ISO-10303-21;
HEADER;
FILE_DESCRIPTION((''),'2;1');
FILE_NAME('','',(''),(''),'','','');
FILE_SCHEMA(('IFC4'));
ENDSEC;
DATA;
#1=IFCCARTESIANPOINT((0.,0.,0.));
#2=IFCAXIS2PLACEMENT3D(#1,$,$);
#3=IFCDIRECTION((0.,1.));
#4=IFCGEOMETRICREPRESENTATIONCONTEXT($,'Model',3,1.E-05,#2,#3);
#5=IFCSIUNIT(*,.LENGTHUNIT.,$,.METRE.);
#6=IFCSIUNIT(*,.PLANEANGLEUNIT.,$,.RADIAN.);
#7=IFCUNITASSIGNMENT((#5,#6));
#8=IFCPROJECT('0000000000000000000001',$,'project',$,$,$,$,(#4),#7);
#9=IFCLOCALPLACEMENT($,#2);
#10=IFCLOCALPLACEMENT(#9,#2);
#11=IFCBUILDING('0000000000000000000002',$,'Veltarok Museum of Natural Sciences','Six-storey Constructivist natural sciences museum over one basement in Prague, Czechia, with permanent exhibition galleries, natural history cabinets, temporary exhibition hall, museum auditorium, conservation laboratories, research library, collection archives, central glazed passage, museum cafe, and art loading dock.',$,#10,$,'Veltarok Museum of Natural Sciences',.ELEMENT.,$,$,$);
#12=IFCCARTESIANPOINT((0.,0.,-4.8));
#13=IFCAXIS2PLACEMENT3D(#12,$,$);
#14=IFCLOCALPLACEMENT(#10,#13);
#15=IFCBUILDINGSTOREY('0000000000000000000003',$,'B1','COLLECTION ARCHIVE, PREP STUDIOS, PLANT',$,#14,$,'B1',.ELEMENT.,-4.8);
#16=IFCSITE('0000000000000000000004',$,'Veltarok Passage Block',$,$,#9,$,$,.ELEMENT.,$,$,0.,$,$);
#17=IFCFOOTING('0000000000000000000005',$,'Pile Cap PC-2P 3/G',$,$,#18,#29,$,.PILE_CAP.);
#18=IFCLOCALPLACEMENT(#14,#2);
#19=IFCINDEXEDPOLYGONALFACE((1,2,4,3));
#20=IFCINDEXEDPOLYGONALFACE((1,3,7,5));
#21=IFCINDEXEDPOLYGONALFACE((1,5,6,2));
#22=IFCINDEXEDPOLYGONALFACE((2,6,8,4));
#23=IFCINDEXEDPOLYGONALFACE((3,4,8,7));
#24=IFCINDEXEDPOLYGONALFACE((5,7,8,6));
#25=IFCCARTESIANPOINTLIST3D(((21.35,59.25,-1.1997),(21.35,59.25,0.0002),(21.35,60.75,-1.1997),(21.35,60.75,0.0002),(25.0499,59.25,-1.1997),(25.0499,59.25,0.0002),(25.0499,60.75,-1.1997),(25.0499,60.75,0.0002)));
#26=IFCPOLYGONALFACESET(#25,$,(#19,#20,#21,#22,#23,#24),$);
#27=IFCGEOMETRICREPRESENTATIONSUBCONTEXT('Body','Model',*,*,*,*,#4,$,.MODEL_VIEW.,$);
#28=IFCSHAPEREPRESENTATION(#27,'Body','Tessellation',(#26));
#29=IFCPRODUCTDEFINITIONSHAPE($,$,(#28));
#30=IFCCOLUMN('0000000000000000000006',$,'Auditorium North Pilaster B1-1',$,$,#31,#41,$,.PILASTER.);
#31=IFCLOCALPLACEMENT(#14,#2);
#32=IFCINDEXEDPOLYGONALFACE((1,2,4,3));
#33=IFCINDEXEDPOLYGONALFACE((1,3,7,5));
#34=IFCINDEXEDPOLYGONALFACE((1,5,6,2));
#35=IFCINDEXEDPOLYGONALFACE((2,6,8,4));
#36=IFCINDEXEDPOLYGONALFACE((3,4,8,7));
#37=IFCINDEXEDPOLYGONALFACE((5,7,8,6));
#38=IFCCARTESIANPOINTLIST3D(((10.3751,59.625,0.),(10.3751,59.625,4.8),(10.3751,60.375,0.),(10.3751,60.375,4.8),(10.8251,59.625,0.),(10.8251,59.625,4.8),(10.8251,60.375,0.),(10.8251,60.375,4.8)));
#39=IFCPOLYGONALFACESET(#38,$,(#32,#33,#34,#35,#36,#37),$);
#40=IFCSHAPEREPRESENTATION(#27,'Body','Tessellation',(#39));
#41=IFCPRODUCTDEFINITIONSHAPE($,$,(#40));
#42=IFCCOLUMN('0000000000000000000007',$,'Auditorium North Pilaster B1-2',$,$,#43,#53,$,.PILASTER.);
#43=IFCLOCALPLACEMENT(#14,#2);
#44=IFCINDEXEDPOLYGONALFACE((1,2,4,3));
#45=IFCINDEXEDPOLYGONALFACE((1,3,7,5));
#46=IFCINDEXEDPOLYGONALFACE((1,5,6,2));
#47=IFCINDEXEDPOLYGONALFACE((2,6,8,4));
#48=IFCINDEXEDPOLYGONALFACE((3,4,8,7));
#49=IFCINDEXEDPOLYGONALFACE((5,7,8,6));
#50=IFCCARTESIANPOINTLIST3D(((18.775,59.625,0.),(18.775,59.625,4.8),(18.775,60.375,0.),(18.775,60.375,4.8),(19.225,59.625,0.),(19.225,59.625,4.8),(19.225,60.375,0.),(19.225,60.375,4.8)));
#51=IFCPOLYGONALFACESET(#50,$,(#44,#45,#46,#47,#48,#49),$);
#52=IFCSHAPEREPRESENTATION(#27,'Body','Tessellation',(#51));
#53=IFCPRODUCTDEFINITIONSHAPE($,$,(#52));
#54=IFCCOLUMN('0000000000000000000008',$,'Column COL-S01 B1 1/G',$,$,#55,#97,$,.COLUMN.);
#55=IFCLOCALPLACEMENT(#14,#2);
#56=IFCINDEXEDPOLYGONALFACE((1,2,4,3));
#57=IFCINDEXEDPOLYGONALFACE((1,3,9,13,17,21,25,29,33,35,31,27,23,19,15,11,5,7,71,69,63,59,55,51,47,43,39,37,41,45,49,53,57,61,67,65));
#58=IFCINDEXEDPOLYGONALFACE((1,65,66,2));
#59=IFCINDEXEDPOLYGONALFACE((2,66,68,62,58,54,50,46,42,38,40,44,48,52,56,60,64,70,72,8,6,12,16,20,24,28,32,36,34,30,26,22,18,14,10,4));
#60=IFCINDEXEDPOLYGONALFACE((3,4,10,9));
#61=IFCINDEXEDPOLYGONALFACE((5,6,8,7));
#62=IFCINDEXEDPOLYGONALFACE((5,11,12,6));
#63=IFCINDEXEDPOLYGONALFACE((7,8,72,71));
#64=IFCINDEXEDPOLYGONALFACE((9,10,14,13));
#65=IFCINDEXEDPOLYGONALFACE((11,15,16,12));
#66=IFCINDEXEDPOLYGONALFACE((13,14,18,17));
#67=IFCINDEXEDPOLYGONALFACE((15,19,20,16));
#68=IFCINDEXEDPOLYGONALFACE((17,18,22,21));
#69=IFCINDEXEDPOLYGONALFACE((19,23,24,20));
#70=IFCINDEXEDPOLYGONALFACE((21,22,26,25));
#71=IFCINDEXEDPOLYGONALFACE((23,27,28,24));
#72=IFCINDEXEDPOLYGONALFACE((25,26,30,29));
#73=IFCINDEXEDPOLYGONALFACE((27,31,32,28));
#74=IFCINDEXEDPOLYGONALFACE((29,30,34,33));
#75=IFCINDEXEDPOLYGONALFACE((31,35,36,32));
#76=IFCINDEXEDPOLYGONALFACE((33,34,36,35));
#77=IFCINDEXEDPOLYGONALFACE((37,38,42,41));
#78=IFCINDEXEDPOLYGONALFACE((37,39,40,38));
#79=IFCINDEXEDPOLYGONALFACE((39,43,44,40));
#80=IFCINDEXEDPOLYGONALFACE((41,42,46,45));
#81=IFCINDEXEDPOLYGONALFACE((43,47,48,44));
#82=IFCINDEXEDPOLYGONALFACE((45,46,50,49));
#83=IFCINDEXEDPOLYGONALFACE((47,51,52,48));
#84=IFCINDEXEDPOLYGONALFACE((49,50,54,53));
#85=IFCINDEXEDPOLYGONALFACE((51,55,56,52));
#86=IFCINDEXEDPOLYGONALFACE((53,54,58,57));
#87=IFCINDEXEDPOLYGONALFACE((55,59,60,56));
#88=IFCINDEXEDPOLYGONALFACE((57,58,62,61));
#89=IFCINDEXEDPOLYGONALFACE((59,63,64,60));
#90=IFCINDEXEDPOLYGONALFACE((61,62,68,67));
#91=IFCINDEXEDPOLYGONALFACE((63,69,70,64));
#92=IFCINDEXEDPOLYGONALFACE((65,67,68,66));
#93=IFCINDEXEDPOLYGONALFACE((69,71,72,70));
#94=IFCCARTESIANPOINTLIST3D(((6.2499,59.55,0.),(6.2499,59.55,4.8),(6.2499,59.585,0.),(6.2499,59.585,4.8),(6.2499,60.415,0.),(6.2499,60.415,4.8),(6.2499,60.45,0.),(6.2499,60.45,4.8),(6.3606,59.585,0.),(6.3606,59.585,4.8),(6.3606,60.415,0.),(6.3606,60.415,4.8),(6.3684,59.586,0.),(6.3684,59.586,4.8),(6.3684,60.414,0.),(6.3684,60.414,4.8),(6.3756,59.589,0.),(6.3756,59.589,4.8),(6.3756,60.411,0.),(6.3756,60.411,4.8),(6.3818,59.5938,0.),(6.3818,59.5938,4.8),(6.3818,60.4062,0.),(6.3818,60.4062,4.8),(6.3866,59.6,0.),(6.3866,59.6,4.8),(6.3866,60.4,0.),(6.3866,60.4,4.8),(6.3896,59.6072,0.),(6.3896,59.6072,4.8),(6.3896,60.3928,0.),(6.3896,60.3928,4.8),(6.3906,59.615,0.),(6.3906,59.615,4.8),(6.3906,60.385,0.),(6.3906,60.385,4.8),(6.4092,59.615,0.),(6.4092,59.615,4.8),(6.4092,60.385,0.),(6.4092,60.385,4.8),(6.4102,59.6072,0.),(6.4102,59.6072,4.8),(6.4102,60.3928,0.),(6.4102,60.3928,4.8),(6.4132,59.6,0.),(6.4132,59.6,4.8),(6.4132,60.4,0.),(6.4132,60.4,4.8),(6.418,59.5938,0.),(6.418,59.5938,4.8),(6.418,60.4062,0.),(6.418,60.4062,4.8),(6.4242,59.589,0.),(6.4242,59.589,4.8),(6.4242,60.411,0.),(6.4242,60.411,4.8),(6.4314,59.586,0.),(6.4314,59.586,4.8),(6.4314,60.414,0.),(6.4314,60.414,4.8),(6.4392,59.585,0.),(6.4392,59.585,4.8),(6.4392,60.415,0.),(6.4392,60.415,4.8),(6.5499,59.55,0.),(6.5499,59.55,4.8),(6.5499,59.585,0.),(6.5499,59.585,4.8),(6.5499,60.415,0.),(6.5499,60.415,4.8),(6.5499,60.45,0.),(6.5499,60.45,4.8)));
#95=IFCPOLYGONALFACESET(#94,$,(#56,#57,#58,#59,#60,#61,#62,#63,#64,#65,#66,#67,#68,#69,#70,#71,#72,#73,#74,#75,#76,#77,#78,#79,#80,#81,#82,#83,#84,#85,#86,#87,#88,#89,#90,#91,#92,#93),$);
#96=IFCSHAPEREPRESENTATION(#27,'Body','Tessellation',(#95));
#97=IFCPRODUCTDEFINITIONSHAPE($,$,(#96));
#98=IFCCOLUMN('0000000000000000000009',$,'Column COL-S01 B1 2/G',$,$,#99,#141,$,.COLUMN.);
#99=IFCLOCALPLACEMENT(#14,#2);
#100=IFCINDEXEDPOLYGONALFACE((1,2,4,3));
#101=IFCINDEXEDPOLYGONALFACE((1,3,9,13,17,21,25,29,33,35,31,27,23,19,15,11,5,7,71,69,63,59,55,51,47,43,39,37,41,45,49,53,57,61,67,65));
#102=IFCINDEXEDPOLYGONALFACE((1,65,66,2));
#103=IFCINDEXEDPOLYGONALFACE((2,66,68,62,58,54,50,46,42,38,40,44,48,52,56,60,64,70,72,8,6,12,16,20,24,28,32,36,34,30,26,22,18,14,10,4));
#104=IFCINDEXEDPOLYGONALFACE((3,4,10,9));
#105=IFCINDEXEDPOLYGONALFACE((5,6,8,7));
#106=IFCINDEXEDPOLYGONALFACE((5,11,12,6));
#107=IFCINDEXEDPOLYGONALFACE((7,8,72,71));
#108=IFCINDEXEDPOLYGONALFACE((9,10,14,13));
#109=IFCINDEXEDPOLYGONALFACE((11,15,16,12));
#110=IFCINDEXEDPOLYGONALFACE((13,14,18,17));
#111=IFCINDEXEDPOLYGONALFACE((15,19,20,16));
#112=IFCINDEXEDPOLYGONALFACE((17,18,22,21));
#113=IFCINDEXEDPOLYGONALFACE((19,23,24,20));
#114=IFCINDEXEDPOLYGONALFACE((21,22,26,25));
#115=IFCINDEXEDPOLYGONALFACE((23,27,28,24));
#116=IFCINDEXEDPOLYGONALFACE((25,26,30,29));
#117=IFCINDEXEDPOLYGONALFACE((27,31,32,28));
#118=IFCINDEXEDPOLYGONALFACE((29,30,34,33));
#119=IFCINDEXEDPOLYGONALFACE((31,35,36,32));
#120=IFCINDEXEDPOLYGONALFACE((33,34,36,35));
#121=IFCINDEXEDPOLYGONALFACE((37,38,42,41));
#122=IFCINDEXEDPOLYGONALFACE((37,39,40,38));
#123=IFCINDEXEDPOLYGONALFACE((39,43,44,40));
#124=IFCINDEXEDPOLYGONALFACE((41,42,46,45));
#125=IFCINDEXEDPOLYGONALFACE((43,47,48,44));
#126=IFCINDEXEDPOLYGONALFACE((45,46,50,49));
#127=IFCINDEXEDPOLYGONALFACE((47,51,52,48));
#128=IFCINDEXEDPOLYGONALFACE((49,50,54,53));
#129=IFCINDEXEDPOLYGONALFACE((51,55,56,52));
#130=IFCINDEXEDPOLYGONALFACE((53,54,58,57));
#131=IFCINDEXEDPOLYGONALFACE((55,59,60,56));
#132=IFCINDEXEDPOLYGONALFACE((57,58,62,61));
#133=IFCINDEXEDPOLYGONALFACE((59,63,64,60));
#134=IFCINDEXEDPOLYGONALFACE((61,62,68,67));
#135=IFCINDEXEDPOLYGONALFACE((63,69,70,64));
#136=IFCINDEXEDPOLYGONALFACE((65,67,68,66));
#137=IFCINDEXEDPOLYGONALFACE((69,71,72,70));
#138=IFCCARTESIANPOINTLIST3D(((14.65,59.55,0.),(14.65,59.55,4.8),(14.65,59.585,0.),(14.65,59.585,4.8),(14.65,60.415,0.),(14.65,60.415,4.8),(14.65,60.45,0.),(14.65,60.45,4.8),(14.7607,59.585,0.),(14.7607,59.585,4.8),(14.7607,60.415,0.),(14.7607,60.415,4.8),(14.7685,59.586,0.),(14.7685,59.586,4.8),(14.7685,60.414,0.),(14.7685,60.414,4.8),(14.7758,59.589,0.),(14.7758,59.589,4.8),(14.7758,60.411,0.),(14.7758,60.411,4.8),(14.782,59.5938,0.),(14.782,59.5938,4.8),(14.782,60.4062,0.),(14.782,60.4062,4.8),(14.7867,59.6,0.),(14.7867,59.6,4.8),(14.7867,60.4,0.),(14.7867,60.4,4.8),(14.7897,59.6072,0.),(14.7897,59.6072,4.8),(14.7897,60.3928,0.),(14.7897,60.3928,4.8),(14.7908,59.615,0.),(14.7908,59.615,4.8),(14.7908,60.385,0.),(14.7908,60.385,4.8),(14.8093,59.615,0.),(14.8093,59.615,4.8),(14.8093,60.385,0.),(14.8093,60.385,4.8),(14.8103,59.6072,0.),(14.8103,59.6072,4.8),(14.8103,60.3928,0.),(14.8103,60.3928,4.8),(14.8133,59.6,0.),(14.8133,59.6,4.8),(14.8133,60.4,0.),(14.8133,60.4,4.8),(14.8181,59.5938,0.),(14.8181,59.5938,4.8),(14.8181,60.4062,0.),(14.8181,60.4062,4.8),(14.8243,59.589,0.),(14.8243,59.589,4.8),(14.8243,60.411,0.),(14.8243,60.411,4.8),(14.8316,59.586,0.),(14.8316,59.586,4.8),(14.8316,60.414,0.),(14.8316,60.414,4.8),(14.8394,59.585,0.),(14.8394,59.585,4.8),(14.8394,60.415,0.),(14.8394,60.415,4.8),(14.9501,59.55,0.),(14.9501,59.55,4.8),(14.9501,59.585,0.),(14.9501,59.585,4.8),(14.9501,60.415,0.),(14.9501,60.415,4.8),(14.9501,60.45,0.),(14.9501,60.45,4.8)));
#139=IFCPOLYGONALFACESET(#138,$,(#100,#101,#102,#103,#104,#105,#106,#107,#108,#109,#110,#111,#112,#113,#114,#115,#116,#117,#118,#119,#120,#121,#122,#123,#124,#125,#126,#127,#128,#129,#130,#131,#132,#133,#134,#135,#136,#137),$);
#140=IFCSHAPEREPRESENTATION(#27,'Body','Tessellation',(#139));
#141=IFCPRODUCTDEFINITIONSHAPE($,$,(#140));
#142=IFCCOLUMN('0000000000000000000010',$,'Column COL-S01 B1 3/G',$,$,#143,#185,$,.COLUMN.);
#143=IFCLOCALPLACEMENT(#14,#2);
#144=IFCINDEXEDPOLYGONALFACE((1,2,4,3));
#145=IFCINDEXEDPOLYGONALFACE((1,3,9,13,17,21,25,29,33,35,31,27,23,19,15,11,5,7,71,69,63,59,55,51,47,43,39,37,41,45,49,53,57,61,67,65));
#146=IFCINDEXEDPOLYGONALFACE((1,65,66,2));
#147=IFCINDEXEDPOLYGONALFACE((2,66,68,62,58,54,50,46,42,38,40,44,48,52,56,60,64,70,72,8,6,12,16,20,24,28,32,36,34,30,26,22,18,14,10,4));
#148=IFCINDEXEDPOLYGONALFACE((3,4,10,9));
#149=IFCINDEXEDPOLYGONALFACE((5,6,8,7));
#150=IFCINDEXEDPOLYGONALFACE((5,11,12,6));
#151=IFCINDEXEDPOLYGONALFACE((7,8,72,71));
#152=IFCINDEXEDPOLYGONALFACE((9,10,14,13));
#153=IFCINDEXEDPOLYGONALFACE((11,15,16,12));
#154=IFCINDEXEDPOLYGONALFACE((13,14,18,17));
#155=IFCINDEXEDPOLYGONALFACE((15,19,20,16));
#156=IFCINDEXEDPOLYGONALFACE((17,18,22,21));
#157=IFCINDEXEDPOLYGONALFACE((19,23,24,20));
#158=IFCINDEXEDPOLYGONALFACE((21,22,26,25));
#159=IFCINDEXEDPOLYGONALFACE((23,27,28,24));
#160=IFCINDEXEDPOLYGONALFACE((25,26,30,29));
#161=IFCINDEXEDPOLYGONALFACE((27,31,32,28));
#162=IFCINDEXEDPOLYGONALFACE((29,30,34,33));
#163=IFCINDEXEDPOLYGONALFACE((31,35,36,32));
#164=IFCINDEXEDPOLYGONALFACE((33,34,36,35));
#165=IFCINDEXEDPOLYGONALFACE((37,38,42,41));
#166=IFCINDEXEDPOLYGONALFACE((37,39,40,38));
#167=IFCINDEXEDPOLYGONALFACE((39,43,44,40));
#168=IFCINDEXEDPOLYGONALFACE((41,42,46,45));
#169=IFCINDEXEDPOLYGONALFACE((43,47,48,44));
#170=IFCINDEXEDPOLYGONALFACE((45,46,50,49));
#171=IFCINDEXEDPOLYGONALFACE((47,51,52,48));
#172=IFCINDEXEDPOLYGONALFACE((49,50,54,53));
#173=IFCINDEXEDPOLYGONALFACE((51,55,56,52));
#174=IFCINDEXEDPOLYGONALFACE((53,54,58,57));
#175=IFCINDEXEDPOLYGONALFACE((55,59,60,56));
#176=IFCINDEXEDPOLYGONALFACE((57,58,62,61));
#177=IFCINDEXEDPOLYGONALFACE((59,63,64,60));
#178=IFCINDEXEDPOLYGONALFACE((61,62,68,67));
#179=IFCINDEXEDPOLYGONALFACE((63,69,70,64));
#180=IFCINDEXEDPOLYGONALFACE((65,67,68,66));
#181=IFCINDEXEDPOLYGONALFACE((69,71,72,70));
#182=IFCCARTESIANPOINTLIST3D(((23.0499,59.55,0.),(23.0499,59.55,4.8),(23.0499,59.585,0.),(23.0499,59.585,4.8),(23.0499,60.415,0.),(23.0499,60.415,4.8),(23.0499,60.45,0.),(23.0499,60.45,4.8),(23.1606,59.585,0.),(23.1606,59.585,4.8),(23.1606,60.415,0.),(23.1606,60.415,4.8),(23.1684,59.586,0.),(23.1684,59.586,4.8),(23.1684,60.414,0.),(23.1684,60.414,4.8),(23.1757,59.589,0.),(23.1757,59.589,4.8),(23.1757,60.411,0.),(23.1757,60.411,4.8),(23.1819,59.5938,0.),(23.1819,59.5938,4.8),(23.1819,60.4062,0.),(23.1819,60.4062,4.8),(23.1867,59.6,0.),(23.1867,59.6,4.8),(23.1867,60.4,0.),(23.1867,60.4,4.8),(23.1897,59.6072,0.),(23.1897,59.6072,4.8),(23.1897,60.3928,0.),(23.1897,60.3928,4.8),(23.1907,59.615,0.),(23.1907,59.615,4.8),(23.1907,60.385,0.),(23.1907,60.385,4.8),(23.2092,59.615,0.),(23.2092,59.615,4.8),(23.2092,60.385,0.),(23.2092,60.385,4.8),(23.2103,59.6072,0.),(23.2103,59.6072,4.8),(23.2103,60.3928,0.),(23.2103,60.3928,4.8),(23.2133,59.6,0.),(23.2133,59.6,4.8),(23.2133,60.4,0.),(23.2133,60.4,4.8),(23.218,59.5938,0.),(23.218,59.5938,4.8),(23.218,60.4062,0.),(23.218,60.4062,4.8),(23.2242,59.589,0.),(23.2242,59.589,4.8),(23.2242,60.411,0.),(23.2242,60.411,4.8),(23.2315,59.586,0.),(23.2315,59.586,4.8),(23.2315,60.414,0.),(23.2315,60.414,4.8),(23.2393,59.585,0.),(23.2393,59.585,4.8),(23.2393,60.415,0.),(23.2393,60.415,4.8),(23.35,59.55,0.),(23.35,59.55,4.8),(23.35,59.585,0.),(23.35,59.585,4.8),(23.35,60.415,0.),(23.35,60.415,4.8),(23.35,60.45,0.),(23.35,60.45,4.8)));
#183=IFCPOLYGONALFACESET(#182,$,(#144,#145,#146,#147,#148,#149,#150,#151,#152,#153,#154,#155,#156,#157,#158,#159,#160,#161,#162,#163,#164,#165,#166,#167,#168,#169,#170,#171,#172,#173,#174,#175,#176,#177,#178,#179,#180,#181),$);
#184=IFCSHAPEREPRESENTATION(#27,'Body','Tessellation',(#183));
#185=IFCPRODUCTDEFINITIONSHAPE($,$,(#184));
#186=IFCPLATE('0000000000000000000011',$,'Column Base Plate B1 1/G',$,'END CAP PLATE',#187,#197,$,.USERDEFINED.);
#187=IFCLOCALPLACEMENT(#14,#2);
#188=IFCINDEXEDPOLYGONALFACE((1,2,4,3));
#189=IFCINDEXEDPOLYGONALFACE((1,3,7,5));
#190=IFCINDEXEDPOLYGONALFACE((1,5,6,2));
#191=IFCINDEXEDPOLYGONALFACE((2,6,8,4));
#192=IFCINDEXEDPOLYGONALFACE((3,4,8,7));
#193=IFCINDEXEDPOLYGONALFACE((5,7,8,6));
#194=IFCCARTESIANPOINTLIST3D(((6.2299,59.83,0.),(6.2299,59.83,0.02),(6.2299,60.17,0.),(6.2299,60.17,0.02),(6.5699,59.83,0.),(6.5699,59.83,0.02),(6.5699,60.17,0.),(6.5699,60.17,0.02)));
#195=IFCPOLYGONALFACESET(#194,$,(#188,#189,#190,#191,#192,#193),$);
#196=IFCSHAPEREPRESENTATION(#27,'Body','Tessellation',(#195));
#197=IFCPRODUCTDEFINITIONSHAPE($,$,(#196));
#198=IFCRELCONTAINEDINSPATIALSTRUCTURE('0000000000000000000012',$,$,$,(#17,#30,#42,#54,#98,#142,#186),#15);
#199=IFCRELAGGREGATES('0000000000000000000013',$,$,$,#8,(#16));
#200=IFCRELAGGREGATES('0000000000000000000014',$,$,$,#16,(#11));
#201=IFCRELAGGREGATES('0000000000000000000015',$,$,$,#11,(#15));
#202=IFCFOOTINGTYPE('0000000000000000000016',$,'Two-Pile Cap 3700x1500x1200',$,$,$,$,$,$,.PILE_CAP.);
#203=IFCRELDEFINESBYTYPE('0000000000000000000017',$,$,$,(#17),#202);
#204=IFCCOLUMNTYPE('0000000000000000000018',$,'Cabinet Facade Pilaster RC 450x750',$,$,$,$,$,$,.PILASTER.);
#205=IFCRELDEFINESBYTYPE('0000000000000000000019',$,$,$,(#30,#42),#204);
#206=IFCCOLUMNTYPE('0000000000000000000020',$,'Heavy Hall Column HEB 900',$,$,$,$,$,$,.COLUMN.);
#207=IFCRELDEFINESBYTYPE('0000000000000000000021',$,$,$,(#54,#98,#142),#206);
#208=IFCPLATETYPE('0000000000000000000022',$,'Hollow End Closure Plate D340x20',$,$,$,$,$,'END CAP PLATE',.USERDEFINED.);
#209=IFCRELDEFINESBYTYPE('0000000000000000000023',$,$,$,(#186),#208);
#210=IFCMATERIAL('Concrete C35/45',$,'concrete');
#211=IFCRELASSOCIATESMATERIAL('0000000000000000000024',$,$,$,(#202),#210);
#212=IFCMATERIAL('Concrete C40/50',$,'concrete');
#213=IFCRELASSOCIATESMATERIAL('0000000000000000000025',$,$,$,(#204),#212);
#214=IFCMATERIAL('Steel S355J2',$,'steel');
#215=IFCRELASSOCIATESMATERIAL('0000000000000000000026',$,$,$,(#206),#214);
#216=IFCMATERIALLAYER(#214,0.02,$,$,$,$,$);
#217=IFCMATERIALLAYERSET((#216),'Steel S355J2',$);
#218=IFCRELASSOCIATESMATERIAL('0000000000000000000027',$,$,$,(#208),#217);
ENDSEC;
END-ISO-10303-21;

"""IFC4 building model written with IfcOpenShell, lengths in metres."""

from ifc_helpers import new_model, si_unit, direction, frame, origin, origin_2d, place, context, subcontext, project, spatial, rectangle, i_section, extrude, material, layer, layer_set, material_profile, profile_set, type_object, element, save


model = new_model("IFC4")

# Units and contexts
model_context = context("Model", 3, precision=1e-05, world=origin(), true_north=direction((0.0, 1.0)))
body_context = subcontext(model_context, "Body", "Model", "MODEL_VIEW")
ifc_project = project(units=[si_unit("LENGTHUNIT", "METRE"), si_unit("PLANEANGLEUNIT", "RADIAN")], contexts=[model_context])

# Site, building, storey
site_placement = place(None, origin())
site = spatial("IfcSite", under=ifc_project, at=site_placement, Name="Veltarok Passage Block", CompositionType="ELEMENT", RefElevation=0.0)
building_placement = place(site_placement, origin())
building = spatial("IfcBuilding", under=site, at=building_placement, Name="Veltarok Museum of Natural Sciences", Description="Six-storey Constructivist natural sciences museum over one basement in Prague, Czechia, with permanent exhibition galleries, natural history cabinets, temporary exhibition hall, museum auditorium, conservation laboratories, research library, collection archives, central glazed passage, museum cafe, and art loading dock.", LongName="Veltarok Museum of Natural Sciences", CompositionType="ELEMENT")
storey_placement = place(building_placement, frame((0.0, 0.0, -4.8)))
storey = spatial("IfcBuildingStorey", under=building, at=storey_placement, Name="B1", Description="COLLECTION ARCHIVE, PREP STUDIOS, PLANT", LongName="B1", CompositionType="ELEMENT", Elevation=-4.8)

# Shared definitions
ifc_material_1 = material(Name="Concrete C35/45", Category="concrete")

# Footing
footing_type_1 = type_object("IfcFootingType", Name="Two-Pile Cap 3700x1500x1200", PredefinedType="PILE_CAP", material=ifc_material_1)
for number, where, z_axis, x_axis, name in (
    (1, (23.2, 60.0, -1.1997), (0.0, 0.0, 1.0), (1.0, 0.0, 0.0), "Pile Cap PC-2P 3/G"),
):
    element("IfcFooting", number, at=place(storey_placement, frame(where, z_axis=z_axis, x_axis=x_axis)), inside=storey, type_object=footing_type_1, Name=name, PredefinedType="PILE_CAP", context=body_context, shape_type="SweptSolid", body=[
        extrude(rectangle(XDim=3.7, YDim=1.5, at=origin_2d()), origin(), (0.0, 0.0, 1.0), 1.2),
    ])

# Columns
ifc_material_2 = material(Name="Concrete C40/50", Category="concrete")
ifc_material_profile_1 = material_profile(ifc_material_2, rectangle(XDim=0.45, YDim=0.75, at=origin_2d()), Name="RC 450x750")
ifc_profile_set_1 = profile_set([ifc_material_profile_1], Name="Concrete C40/50")
column_type_1 = type_object("IfcColumnType", Name="Cabinet Facade Pilaster RC 450x750", PredefinedType="PILASTER", material=ifc_profile_set_1)
for number, where, z_axis, x_axis, name in (
    (2, (10.6001, 60.0, 0.0), (0.0, 0.0, 1.0), (1.0, 0.0, 0.0), "Auditorium North Pilaster B1-1"),
    (3, (19.0, 60.0, 0.0), (0.0, 0.0, 1.0), (1.0, 0.0, 0.0), "Auditorium North Pilaster B1-2"),
):
    element("IfcColumn", number, at=place(storey_placement, frame(where, z_axis=z_axis, x_axis=x_axis)), inside=storey, type_object=column_type_1, Name=name, PredefinedType="PILASTER", context=body_context, shape_type="SweptSolid", body=[
        extrude(rectangle(XDim=0.45, YDim=0.75, at=origin_2d()), origin(), (0.0, 0.0, 1.0), 4.8),
    ])
ifc_material_3 = material(Name="Steel S355J2", Category="steel")
ifc_material_profile_2 = material_profile(ifc_material_3, i_section(OverallWidth=0.3, OverallDepth=0.8999, WebThickness=0.0186, FlangeThickness=0.0349, FilletRadius=0.03, at=origin_2d()), Name="HEB 900")
ifc_profile_set_2 = profile_set([ifc_material_profile_2], Name="Steel S355J2")
column_type_2 = type_object("IfcColumnType", Name="Heavy Hall Column HEB 900", PredefinedType="COLUMN", material=ifc_profile_set_2)
for number, where, z_axis, x_axis, name in (
    (4, (6.3999, 60.0, 0.0), (0.0, 0.0, 1.0), (1.0, 0.0, 0.0), "Column COL-S01 B1 1/G"),
    (5, (14.8, 60.0, 0.0), (0.0, 0.0, 1.0), (1.0, 0.0, 0.0), "Column COL-S01 B1 2/G"),
    (6, (23.2, 60.0, 0.0), (0.0, 0.0, 1.0), (1.0, 0.0, 0.0), "Column COL-S01 B1 3/G"),
):
    element("IfcColumn", number, at=place(storey_placement, frame(where, z_axis=z_axis, x_axis=x_axis)), inside=storey, type_object=column_type_2, Name=name, PredefinedType="COLUMN", context=body_context, shape_type="SweptSolid", body=[
        extrude(i_section(OverallWidth=0.3, OverallDepth=0.8999, WebThickness=0.0186, FlangeThickness=0.0349, FilletRadius=0.03, at=origin_2d()), origin(), (0.0, 0.0, 1.0), 4.8),
    ])

# Plate
ifc_layer = layer(ifc_material_3, 0.02)
ifc_layer_set = layer_set([ifc_layer], Name="Steel S355J2")
plate_type = type_object("IfcPlateType", Name="Hollow End Closure Plate D340x20", ElementType="END CAP PLATE", PredefinedType="USERDEFINED", material=ifc_layer_set)
for number, where, z_axis, x_axis, name in (
    (7, (6.3999, 60.0, 0.0), (0.0, 0.0, 1.0), (1.0, 0.0, 0.0), "Column Base Plate B1 1/G"),
):
    element("IfcPlate", number, at=place(storey_placement, frame(where, z_axis=z_axis, x_axis=x_axis)), inside=storey, type_object=plate_type, Name=name, ObjectType="END CAP PLATE", PredefinedType="USERDEFINED", context=body_context, shape_type="SweptSolid", body=[
        extrude(rectangle(XDim=0.3401, YDim=0.3401, at=origin_2d()), origin(), (0.0, 0.0, 1.0), 0.02),
    ])

save(model, "model.ifc")
